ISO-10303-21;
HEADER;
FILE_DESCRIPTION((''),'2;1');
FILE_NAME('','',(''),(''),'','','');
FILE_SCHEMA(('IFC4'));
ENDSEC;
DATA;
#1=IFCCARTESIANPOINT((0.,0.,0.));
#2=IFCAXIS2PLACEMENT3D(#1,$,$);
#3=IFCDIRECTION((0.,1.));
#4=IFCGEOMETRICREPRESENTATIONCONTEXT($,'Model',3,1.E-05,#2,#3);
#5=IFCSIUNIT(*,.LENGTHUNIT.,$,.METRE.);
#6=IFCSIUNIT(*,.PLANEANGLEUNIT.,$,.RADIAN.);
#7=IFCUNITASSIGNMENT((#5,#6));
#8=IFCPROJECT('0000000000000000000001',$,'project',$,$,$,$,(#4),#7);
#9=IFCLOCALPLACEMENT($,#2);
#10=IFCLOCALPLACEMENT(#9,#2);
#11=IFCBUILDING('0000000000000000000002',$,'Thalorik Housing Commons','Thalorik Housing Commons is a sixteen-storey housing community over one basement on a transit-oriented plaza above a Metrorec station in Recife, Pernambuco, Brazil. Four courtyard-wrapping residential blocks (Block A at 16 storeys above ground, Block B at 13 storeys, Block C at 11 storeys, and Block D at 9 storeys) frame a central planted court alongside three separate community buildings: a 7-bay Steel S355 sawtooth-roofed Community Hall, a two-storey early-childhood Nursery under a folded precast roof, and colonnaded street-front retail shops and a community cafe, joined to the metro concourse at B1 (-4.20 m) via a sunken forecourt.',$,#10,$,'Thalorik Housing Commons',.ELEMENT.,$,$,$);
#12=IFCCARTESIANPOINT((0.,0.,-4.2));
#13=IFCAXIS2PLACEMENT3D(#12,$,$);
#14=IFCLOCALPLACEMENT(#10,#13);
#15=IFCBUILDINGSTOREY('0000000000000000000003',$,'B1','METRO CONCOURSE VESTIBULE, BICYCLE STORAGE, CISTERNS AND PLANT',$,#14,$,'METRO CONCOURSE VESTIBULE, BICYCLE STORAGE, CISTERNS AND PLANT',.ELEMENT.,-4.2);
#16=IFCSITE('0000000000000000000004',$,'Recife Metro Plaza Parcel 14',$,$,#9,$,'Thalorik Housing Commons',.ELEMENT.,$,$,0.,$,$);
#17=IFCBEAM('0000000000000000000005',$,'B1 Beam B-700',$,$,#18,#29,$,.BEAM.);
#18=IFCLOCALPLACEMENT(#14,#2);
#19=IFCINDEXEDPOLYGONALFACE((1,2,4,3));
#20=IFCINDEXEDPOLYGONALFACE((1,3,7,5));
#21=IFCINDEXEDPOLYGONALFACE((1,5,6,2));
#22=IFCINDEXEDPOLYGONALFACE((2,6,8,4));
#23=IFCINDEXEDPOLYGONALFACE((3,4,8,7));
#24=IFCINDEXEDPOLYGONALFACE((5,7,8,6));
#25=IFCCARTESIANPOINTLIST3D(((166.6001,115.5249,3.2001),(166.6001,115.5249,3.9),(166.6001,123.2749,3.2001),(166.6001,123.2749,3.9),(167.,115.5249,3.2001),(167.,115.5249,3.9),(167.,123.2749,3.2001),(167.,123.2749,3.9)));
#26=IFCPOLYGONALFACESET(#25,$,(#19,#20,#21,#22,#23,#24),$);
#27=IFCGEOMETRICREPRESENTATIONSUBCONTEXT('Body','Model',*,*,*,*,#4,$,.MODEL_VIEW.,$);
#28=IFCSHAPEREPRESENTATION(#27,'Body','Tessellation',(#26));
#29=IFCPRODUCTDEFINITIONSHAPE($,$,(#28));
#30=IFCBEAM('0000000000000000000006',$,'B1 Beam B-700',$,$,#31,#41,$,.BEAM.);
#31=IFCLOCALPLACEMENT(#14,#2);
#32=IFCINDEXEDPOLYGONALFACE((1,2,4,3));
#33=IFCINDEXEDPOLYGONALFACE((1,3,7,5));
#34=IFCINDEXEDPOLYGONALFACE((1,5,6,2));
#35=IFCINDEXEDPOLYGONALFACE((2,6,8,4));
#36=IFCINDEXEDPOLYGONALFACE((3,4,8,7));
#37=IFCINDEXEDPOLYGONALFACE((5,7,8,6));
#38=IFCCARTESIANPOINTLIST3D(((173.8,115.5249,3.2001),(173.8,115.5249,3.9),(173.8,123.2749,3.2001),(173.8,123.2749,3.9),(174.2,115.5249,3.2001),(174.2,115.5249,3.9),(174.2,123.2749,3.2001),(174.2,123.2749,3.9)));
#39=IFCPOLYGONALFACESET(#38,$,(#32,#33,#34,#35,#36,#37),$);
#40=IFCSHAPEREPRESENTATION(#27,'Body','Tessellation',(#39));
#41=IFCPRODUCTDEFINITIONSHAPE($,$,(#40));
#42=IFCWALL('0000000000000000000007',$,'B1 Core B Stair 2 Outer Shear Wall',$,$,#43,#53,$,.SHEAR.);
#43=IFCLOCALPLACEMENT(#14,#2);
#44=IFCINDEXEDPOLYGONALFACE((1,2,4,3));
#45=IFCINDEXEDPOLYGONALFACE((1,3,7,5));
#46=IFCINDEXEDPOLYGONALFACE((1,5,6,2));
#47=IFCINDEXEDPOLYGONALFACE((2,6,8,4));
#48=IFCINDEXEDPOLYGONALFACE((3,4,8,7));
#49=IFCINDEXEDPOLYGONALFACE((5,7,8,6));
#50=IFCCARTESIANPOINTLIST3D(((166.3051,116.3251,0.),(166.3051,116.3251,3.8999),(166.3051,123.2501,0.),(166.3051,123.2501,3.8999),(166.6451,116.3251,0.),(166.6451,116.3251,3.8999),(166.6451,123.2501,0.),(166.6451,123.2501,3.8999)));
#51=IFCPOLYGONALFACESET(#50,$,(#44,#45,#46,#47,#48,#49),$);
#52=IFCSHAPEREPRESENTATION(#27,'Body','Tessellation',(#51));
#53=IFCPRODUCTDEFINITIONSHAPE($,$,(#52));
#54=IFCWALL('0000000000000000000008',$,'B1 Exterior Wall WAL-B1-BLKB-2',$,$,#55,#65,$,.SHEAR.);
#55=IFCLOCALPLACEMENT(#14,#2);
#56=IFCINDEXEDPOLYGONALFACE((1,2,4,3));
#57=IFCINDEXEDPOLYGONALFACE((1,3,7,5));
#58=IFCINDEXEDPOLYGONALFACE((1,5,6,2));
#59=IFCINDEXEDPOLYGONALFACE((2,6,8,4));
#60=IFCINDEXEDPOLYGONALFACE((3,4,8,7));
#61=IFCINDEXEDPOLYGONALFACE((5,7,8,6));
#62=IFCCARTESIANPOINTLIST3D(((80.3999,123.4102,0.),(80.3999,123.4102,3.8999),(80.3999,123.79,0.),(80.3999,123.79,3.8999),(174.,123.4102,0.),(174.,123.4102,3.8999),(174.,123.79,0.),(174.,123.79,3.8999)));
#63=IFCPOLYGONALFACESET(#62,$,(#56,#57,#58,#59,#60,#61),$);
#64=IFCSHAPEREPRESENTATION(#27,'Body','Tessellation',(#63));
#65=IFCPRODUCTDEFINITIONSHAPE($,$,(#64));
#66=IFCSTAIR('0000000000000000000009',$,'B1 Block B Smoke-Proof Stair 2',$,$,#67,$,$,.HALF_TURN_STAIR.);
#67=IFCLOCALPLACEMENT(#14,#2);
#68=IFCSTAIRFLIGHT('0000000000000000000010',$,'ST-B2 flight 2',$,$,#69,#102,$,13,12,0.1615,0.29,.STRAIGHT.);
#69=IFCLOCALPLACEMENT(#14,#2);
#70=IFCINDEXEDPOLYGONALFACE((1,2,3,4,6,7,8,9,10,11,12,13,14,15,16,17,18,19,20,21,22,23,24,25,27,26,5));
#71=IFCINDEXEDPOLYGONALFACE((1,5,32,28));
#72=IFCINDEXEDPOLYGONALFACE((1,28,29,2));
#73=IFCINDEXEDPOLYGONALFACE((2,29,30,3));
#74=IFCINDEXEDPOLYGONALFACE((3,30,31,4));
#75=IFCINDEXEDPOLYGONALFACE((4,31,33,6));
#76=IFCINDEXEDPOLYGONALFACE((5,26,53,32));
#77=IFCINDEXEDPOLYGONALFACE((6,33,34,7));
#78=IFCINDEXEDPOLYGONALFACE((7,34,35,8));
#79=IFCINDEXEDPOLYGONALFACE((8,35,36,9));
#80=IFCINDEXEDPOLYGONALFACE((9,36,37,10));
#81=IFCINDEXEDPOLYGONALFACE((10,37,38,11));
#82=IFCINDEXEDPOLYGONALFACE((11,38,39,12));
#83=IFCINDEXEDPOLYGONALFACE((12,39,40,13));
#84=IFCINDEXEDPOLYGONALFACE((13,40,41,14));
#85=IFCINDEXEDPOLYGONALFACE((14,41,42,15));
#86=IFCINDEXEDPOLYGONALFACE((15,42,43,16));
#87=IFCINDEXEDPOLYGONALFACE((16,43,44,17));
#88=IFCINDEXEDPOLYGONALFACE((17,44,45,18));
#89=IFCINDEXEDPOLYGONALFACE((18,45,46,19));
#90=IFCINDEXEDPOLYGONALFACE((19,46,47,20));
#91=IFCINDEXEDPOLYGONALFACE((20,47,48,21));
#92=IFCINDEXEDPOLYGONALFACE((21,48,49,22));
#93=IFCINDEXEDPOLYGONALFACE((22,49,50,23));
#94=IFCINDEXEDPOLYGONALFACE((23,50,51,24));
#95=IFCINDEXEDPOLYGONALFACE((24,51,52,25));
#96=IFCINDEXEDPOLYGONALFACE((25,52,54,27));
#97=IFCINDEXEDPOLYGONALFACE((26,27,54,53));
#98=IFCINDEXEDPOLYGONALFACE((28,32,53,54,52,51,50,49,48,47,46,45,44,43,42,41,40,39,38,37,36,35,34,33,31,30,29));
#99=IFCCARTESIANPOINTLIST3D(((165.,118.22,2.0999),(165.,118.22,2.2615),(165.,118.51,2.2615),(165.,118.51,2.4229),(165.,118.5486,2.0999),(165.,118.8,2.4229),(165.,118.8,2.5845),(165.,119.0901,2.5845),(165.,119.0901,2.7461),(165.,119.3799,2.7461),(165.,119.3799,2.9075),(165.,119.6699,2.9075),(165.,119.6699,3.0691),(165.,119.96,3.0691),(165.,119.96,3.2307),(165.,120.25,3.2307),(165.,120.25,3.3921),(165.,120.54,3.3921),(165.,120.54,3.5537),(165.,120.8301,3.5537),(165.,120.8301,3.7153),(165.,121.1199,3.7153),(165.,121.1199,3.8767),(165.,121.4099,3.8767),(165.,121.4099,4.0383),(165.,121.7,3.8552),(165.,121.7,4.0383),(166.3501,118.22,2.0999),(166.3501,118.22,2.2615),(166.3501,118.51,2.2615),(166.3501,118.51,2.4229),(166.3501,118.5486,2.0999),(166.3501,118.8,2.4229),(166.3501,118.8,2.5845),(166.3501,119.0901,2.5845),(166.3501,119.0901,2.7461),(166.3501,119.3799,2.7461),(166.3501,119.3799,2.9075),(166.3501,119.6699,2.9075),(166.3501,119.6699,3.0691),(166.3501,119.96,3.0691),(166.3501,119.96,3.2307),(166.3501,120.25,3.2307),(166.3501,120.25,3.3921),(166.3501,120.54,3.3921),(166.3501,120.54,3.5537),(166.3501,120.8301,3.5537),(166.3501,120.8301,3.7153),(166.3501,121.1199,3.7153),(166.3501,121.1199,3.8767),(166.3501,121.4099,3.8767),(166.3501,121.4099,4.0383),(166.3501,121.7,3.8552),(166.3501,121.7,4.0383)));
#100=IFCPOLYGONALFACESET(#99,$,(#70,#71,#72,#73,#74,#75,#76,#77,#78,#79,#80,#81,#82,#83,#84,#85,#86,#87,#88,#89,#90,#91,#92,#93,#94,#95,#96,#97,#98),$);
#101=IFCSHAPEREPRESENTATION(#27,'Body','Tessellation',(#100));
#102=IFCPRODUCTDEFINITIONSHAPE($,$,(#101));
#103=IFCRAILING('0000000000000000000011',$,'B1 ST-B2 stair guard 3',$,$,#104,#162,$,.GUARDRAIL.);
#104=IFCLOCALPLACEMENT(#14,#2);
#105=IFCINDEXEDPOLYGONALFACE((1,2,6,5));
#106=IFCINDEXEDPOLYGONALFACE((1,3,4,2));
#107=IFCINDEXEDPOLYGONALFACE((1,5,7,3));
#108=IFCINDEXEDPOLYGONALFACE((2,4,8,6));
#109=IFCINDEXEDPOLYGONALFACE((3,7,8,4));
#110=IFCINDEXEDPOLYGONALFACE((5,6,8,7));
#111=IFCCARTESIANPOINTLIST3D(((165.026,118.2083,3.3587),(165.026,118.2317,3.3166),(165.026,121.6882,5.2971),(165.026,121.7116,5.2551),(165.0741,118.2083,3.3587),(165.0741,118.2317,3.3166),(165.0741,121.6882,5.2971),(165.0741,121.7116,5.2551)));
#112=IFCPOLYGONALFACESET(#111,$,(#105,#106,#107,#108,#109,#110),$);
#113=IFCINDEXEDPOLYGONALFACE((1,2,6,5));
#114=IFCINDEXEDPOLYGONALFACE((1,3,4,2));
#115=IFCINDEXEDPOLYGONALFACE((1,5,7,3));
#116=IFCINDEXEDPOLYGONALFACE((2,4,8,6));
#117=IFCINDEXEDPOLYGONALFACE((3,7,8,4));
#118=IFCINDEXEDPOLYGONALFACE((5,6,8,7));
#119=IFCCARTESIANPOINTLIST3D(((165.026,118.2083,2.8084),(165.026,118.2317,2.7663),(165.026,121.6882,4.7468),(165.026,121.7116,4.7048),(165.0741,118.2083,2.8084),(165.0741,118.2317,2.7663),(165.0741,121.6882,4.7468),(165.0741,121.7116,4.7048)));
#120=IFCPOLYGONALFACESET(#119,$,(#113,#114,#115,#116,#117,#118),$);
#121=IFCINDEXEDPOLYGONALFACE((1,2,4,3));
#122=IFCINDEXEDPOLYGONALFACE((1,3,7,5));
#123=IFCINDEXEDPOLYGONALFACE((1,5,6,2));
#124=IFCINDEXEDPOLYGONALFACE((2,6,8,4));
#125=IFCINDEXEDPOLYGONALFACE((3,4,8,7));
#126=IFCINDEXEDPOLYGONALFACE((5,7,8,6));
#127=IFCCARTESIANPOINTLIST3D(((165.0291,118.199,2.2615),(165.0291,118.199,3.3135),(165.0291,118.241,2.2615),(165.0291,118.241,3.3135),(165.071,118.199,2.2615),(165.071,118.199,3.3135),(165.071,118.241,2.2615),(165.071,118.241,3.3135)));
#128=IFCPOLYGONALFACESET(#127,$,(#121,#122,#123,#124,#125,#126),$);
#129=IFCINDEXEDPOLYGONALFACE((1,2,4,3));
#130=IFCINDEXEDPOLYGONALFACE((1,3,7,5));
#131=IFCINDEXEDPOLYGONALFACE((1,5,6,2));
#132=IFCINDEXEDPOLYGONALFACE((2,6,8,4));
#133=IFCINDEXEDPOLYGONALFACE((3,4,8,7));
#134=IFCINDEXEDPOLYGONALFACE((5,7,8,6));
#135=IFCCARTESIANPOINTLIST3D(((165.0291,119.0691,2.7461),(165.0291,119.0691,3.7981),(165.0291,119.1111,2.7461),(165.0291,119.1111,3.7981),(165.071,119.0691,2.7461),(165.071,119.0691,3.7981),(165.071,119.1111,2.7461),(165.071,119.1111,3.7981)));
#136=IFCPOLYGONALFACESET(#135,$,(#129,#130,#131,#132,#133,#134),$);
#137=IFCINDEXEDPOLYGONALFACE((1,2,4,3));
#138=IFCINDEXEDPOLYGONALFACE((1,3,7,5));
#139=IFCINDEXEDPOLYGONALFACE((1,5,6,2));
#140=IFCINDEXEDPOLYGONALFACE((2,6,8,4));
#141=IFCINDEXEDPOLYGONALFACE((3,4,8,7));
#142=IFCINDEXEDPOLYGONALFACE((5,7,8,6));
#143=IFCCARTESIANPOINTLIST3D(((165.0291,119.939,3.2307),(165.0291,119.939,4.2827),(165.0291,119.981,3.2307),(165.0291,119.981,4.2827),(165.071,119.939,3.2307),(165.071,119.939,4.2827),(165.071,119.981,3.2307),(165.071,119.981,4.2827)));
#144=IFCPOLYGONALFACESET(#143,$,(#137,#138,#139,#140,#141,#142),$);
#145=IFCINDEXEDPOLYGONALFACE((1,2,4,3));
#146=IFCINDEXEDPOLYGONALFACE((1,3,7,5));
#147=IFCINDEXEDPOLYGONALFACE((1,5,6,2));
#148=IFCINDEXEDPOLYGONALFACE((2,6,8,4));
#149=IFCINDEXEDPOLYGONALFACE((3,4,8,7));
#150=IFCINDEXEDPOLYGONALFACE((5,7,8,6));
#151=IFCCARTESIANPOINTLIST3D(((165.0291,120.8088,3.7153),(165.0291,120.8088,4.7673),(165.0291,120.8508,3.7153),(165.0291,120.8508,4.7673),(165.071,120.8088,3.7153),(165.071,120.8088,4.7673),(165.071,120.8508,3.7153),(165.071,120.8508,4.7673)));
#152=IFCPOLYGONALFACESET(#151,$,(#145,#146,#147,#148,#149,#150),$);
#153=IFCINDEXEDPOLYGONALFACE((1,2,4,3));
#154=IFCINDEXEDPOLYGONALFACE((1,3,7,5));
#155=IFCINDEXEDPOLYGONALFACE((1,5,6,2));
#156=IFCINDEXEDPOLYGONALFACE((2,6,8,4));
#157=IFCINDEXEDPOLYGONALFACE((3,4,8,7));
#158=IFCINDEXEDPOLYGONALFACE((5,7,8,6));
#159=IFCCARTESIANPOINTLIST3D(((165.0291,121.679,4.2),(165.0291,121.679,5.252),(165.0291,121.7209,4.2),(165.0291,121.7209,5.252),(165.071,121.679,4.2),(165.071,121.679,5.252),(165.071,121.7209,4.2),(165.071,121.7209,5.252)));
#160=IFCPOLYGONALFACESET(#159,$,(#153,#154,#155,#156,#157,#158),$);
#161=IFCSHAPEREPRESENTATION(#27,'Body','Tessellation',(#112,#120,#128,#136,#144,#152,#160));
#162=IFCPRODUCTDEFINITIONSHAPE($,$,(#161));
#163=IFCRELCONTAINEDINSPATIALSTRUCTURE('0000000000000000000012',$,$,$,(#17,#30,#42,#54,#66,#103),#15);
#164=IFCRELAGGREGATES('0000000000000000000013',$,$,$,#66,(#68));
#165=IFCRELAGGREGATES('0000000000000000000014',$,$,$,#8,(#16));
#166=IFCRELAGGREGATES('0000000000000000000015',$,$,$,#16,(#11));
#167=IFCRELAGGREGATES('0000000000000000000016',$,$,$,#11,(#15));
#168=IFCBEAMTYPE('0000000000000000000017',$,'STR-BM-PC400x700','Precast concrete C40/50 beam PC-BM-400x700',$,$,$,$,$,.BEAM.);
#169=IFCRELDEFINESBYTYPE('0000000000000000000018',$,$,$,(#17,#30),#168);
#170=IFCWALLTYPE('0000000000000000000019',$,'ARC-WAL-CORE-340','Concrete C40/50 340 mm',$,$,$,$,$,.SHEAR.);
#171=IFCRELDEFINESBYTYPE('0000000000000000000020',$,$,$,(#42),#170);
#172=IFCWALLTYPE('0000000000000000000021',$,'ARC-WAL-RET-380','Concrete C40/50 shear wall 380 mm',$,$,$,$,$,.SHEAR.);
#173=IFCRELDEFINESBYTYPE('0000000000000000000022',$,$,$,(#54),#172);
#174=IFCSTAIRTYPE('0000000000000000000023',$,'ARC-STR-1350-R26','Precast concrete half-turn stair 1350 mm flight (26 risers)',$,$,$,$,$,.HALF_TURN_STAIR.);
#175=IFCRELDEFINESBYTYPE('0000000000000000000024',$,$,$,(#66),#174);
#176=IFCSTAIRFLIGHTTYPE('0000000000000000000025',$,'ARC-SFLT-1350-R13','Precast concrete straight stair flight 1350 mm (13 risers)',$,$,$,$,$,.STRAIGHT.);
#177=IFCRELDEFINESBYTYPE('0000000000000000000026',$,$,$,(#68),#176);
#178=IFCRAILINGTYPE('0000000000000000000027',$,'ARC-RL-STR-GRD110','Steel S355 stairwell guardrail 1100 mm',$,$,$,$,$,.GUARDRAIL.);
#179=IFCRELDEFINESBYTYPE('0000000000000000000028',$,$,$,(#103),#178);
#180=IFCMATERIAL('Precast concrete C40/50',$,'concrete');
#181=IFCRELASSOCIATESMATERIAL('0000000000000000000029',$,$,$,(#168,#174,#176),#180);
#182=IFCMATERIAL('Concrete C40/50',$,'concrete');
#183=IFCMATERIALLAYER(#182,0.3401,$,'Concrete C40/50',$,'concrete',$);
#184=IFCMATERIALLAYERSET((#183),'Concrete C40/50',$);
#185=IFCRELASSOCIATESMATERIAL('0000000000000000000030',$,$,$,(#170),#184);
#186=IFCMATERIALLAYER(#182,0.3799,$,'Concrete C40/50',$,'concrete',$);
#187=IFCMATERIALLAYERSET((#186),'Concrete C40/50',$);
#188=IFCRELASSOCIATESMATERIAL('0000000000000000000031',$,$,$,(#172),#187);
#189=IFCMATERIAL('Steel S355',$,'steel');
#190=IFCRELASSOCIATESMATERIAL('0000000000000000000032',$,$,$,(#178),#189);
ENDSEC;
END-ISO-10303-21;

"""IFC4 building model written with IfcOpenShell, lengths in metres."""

from ifc_helpers import new_model, si_unit, direction, frame, frame_2d, origin, origin_2d, place, context, subcontext, project, spatial, polyline, rectangle, outline, extrude, material, layer, layer_set, material_profile, profile_set, type_object, element, aggregate, save


model = new_model("IFC4")

# Units and contexts
model_context = context("Model", 3, precision=1e-05, world=origin(), true_north=direction((0.0, 1.0)))
body_context = subcontext(model_context, "Body", "Model", "MODEL_VIEW")
ifc_project = project(units=[si_unit("LENGTHUNIT", "METRE"), si_unit("PLANEANGLEUNIT", "RADIAN")], contexts=[model_context])

# Site, building, storey
site_placement = place(None, origin())
site = spatial("IfcSite", under=ifc_project, at=site_placement, Name="Recife Metro Plaza Parcel 14", LongName="Thalorik Housing Commons", CompositionType="ELEMENT", RefElevation=0.0)
building_placement = place(site_placement, origin())
building = spatial("IfcBuilding", under=site, at=building_placement, Name="Thalorik Housing Commons", Description="Thalorik Housing Commons is a sixteen-storey housing community over one basement on a transit-oriented plaza above a Metrorec station in Recife, Pernambuco, Brazil. Four courtyard-wrapping residential blocks (Block A at 16 storeys above ground, Block B at 13 storeys, Block C at 11 storeys, and Block D at 9 storeys) frame a central planted court alongside three separate community buildings: a 7-bay Steel S355 sawtooth-roofed Community Hall, a two-storey early-childhood Nursery under a folded precast roof, and colonnaded street-front retail shops and a community cafe, joined to the metro concourse at B1 (-4.20 m) via a sunken forecourt.", LongName="Thalorik Housing Commons", CompositionType="ELEMENT")
storey_placement = place(building_placement, frame((0.0, 0.0, -4.2)))
storey = spatial("IfcBuildingStorey", under=building, at=storey_placement, Name="B1", Description="METRO CONCOURSE VESTIBULE, BICYCLE STORAGE, CISTERNS AND PLANT", LongName="METRO CONCOURSE VESTIBULE, BICYCLE STORAGE, CISTERNS AND PLANT", CompositionType="ELEMENT", Elevation=-4.2)

# Shared definitions
ifc_material_1 = material(Name="Concrete C40/50", Category="concrete")

# Shared definitions
ifc_material_2 = material(Name="Precast concrete C40/50", Category="concrete")

# Beams
ifc_material_profile_1 = material_profile(ifc_material_2, rectangle(XDim=0.3999, YDim=0.7, at=origin_2d()), Name="PC 400x700", Category="concrete")
ifc_profile_set_1 = profile_set([ifc_material_profile_1], Name="Precast concrete C40/50")
beam_type = type_object("IfcBeamType", Name="STR-BM-PC400x700", Description="Precast concrete C40/50 beam PC-BM-400x700", PredefinedType="BEAM", material=ifc_profile_set_1)
for number, where, z_axis, x_axis, name in (
    (1, (166.8, 115.5249, 3.55), (0.0, 1.0, 0.0), (-1.0, 0.0, 0.0), "B1 Beam B-700"),
    (2, (174.0, 115.5249, 3.55), (0.0, 1.0, 0.0), (-1.0, 0.0, 0.0), "B1 Beam B-700"),
):
    element("IfcBeam", number, at=place(storey_placement, frame(where, z_axis=z_axis, x_axis=x_axis)), inside=storey, type_object=beam_type, Name=name, PredefinedType="BEAM", context=body_context, shape_type="SweptSolid", body=[
        extrude(rectangle(XDim=0.3999, YDim=0.7, at=origin_2d()), origin(), (0.0, 0.0, 1.0), 7.75),
    ])

# Walls
ifc_layer_1 = layer(ifc_material_1, 0.3401, Name="Concrete C40/50", Category="concrete")
ifc_layer_set_1 = layer_set([ifc_layer_1], Name="Concrete C40/50")
wall_type_1 = type_object("IfcWallType", Name="ARC-WAL-CORE-340", Description="Concrete C40/50 340 mm", PredefinedType="SHEAR", material=ifc_layer_set_1)
wall_1_placement = place(storey_placement, frame((166.4751, 123.25, 0.0), z_axis=(0.0, 0.0, 1.0), x_axis=(0.0, -1.0, 0.0)))
element("IfcWall", 3, at=wall_1_placement, inside=storey, type_object=wall_type_1, Name="B1 Core B Stair 2 Outer Shear Wall", PredefinedType="SHEAR", context=body_context, shape_type="SweptSolid", body=[
    extrude(rectangle(XDim=6.925, YDim=0.3401, at=frame_2d((3.4624, 0.0))), origin(), (0.0, 0.0, 1.0), 3.8999),
])
ifc_layer_2 = layer(ifc_material_1, 0.3799, Name="Concrete C40/50", Category="concrete")
ifc_layer_set_2 = layer_set([ifc_layer_2], Name="Concrete C40/50")
wall_type_2 = type_object("IfcWallType", Name="ARC-WAL-RET-380", Description="Concrete C40/50 shear wall 380 mm", PredefinedType="SHEAR", material=ifc_layer_set_2)
wall_2_placement = place(storey_placement, frame((174.0, 123.6001, 0.0), z_axis=(0.0, 0.0, 1.0), x_axis=(-1.0, 0.0, 0.0)))
element("IfcWall", 4, at=wall_2_placement, inside=storey, type_object=wall_type_2, Name="B1 Exterior Wall WAL-B1-BLKB-2", PredefinedType="SHEAR", context=body_context, shape_type="SweptSolid", body=[
    extrude(rectangle(XDim=93.6001, YDim=0.3799, at=frame_2d((46.8, 0.0))), origin(), (0.0, 0.0, 1.0), 3.8999),
])

# Stair, stair flight
stair_type = type_object("IfcStairType", Name="ARC-STR-1350-R26", Description="Precast concrete half-turn stair 1350 mm flight (26 risers)", PredefinedType="HALF_TURN_STAIR", material=ifc_material_2)
stair_placement = place(storey_placement, origin())
stair = element("IfcStair", 5, at=stair_placement, inside=storey, type_object=stair_type, Name="B1 Block B Smoke-Proof Stair 2", PredefinedType="HALF_TURN_STAIR")
stair_flight_type = type_object("IfcStairFlightType", Name="ARC-SFLT-1350-R13", Description="Precast concrete straight stair flight 1350 mm (13 risers)", PredefinedType="STRAIGHT", material=ifc_material_2)
stair_flight_placement = place(storey_placement, frame((165.675, 118.22, 2.0999), z_axis=(0.0, 0.0, 1.0), x_axis=(0.0, 1.0, 0.0)))
stair_flight = element("IfcStairFlight", 6, at=stair_flight_placement, type_object=stair_flight_type, Name="ST-B2 flight 2", NumberOfRisers=13, NumberOfTreads=12, PredefinedType="STRAIGHT", RiserHeight=0.1615, TreadLength=0.29, context=body_context, shape_type="SweptSolid", body=[
    extrude(outline(polyline([(0.0, 0.0), (0.0, 0.1616), (0.29, 0.1616), (0.29, 0.323), (0.5801, 0.323), (0.5801, 0.4846), (0.8701, 0.4846), (0.8701, 0.6462), (1.1599, 0.6462), (1.1599, 0.8076), (1.45, 0.8076), (1.45, 0.9692), (1.74, 0.9692), (1.74, 1.1309), (2.03, 1.1309), (2.03, 1.2922), (2.3201, 1.2922), (2.3201, 1.4539), (2.6101, 1.4539), (2.6101, 1.6155), (2.8999, 1.6155), (2.8999, 1.7769), (3.1899, 1.7769), (3.1899, 1.9385), (3.48, 1.9385), (3.48, 2.1001), (3.48, 1.7554), (0.3286, 0.0), (0.0, 0.0)])), frame((0.0, 0.675, 0.0), z_axis=(0.0, -1.0, 0.0), x_axis=(1.0, 0.0, 0.0)), (0.0, 0.0, 1.0), 1.3501),
])
aggregate(stair, [stair_flight])

# Railing
ifc_material_3 = material(Name="Steel S355", Category="steel")
railing_type_1 = type_object("IfcRailingType", Name="ARC-RL-STR-GRD110", Description="Steel S355 stairwell guardrail 1100 mm", PredefinedType="GUARDRAIL", material=ifc_material_3)
railing_1_placement = place(storey_placement, frame((165.05, 118.22, 2.2615)))
element("IfcRailing", 7, at=railing_1_placement, inside=storey, type_object=railing_type_1, Name="B1 ST-B2 stair guard 3", PredefinedType="GUARDRAIL", context=body_context, shape_type="SweptSolid", body=[
    extrude(rectangle(XDim=0.0481, YDim=0.0481, at=origin_2d()), frame((0.0, 0.0, 1.0762), z_axis=(0.0, 0.873607, 0.486631), x_axis=(-1.0, 0.0, 0.0)), (0.0, 0.0, 1.0), 3.9834),
    extrude(rectangle(XDim=0.0481, YDim=0.0481, at=origin_2d()), frame((0.0, 0.0, 0.5259), z_axis=(0.0, 0.873607, 0.486631), x_axis=(-1.0, 0.0, 0.0)), (0.0, 0.0, 1.0), 3.9834),
    extrude(rectangle(XDim=0.042, YDim=0.042, at=origin_2d()), origin(), (0.0, 0.0, 1.0), 1.052),
    extrude(rectangle(XDim=0.042, YDim=0.042, at=origin_2d()), frame((0.0, 0.8701, 0.4846)), (0.0, 0.0, 1.0), 1.052),
    extrude(rectangle(XDim=0.042, YDim=0.042, at=origin_2d()), frame((0.0, 1.74, 0.9692)), (0.0, 0.0, 1.0), 1.052),
    extrude(rectangle(XDim=0.042, YDim=0.042, at=origin_2d()), frame((0.0, 2.6099, 1.4539)), (0.0, 0.0, 1.0), 1.052),
    extrude(rectangle(XDim=0.042, YDim=0.042, at=origin_2d()), frame((0.0, 3.48, 1.9385)), (0.0, 0.0, 1.0), 1.052),
])

save(model, "model.ifc")
